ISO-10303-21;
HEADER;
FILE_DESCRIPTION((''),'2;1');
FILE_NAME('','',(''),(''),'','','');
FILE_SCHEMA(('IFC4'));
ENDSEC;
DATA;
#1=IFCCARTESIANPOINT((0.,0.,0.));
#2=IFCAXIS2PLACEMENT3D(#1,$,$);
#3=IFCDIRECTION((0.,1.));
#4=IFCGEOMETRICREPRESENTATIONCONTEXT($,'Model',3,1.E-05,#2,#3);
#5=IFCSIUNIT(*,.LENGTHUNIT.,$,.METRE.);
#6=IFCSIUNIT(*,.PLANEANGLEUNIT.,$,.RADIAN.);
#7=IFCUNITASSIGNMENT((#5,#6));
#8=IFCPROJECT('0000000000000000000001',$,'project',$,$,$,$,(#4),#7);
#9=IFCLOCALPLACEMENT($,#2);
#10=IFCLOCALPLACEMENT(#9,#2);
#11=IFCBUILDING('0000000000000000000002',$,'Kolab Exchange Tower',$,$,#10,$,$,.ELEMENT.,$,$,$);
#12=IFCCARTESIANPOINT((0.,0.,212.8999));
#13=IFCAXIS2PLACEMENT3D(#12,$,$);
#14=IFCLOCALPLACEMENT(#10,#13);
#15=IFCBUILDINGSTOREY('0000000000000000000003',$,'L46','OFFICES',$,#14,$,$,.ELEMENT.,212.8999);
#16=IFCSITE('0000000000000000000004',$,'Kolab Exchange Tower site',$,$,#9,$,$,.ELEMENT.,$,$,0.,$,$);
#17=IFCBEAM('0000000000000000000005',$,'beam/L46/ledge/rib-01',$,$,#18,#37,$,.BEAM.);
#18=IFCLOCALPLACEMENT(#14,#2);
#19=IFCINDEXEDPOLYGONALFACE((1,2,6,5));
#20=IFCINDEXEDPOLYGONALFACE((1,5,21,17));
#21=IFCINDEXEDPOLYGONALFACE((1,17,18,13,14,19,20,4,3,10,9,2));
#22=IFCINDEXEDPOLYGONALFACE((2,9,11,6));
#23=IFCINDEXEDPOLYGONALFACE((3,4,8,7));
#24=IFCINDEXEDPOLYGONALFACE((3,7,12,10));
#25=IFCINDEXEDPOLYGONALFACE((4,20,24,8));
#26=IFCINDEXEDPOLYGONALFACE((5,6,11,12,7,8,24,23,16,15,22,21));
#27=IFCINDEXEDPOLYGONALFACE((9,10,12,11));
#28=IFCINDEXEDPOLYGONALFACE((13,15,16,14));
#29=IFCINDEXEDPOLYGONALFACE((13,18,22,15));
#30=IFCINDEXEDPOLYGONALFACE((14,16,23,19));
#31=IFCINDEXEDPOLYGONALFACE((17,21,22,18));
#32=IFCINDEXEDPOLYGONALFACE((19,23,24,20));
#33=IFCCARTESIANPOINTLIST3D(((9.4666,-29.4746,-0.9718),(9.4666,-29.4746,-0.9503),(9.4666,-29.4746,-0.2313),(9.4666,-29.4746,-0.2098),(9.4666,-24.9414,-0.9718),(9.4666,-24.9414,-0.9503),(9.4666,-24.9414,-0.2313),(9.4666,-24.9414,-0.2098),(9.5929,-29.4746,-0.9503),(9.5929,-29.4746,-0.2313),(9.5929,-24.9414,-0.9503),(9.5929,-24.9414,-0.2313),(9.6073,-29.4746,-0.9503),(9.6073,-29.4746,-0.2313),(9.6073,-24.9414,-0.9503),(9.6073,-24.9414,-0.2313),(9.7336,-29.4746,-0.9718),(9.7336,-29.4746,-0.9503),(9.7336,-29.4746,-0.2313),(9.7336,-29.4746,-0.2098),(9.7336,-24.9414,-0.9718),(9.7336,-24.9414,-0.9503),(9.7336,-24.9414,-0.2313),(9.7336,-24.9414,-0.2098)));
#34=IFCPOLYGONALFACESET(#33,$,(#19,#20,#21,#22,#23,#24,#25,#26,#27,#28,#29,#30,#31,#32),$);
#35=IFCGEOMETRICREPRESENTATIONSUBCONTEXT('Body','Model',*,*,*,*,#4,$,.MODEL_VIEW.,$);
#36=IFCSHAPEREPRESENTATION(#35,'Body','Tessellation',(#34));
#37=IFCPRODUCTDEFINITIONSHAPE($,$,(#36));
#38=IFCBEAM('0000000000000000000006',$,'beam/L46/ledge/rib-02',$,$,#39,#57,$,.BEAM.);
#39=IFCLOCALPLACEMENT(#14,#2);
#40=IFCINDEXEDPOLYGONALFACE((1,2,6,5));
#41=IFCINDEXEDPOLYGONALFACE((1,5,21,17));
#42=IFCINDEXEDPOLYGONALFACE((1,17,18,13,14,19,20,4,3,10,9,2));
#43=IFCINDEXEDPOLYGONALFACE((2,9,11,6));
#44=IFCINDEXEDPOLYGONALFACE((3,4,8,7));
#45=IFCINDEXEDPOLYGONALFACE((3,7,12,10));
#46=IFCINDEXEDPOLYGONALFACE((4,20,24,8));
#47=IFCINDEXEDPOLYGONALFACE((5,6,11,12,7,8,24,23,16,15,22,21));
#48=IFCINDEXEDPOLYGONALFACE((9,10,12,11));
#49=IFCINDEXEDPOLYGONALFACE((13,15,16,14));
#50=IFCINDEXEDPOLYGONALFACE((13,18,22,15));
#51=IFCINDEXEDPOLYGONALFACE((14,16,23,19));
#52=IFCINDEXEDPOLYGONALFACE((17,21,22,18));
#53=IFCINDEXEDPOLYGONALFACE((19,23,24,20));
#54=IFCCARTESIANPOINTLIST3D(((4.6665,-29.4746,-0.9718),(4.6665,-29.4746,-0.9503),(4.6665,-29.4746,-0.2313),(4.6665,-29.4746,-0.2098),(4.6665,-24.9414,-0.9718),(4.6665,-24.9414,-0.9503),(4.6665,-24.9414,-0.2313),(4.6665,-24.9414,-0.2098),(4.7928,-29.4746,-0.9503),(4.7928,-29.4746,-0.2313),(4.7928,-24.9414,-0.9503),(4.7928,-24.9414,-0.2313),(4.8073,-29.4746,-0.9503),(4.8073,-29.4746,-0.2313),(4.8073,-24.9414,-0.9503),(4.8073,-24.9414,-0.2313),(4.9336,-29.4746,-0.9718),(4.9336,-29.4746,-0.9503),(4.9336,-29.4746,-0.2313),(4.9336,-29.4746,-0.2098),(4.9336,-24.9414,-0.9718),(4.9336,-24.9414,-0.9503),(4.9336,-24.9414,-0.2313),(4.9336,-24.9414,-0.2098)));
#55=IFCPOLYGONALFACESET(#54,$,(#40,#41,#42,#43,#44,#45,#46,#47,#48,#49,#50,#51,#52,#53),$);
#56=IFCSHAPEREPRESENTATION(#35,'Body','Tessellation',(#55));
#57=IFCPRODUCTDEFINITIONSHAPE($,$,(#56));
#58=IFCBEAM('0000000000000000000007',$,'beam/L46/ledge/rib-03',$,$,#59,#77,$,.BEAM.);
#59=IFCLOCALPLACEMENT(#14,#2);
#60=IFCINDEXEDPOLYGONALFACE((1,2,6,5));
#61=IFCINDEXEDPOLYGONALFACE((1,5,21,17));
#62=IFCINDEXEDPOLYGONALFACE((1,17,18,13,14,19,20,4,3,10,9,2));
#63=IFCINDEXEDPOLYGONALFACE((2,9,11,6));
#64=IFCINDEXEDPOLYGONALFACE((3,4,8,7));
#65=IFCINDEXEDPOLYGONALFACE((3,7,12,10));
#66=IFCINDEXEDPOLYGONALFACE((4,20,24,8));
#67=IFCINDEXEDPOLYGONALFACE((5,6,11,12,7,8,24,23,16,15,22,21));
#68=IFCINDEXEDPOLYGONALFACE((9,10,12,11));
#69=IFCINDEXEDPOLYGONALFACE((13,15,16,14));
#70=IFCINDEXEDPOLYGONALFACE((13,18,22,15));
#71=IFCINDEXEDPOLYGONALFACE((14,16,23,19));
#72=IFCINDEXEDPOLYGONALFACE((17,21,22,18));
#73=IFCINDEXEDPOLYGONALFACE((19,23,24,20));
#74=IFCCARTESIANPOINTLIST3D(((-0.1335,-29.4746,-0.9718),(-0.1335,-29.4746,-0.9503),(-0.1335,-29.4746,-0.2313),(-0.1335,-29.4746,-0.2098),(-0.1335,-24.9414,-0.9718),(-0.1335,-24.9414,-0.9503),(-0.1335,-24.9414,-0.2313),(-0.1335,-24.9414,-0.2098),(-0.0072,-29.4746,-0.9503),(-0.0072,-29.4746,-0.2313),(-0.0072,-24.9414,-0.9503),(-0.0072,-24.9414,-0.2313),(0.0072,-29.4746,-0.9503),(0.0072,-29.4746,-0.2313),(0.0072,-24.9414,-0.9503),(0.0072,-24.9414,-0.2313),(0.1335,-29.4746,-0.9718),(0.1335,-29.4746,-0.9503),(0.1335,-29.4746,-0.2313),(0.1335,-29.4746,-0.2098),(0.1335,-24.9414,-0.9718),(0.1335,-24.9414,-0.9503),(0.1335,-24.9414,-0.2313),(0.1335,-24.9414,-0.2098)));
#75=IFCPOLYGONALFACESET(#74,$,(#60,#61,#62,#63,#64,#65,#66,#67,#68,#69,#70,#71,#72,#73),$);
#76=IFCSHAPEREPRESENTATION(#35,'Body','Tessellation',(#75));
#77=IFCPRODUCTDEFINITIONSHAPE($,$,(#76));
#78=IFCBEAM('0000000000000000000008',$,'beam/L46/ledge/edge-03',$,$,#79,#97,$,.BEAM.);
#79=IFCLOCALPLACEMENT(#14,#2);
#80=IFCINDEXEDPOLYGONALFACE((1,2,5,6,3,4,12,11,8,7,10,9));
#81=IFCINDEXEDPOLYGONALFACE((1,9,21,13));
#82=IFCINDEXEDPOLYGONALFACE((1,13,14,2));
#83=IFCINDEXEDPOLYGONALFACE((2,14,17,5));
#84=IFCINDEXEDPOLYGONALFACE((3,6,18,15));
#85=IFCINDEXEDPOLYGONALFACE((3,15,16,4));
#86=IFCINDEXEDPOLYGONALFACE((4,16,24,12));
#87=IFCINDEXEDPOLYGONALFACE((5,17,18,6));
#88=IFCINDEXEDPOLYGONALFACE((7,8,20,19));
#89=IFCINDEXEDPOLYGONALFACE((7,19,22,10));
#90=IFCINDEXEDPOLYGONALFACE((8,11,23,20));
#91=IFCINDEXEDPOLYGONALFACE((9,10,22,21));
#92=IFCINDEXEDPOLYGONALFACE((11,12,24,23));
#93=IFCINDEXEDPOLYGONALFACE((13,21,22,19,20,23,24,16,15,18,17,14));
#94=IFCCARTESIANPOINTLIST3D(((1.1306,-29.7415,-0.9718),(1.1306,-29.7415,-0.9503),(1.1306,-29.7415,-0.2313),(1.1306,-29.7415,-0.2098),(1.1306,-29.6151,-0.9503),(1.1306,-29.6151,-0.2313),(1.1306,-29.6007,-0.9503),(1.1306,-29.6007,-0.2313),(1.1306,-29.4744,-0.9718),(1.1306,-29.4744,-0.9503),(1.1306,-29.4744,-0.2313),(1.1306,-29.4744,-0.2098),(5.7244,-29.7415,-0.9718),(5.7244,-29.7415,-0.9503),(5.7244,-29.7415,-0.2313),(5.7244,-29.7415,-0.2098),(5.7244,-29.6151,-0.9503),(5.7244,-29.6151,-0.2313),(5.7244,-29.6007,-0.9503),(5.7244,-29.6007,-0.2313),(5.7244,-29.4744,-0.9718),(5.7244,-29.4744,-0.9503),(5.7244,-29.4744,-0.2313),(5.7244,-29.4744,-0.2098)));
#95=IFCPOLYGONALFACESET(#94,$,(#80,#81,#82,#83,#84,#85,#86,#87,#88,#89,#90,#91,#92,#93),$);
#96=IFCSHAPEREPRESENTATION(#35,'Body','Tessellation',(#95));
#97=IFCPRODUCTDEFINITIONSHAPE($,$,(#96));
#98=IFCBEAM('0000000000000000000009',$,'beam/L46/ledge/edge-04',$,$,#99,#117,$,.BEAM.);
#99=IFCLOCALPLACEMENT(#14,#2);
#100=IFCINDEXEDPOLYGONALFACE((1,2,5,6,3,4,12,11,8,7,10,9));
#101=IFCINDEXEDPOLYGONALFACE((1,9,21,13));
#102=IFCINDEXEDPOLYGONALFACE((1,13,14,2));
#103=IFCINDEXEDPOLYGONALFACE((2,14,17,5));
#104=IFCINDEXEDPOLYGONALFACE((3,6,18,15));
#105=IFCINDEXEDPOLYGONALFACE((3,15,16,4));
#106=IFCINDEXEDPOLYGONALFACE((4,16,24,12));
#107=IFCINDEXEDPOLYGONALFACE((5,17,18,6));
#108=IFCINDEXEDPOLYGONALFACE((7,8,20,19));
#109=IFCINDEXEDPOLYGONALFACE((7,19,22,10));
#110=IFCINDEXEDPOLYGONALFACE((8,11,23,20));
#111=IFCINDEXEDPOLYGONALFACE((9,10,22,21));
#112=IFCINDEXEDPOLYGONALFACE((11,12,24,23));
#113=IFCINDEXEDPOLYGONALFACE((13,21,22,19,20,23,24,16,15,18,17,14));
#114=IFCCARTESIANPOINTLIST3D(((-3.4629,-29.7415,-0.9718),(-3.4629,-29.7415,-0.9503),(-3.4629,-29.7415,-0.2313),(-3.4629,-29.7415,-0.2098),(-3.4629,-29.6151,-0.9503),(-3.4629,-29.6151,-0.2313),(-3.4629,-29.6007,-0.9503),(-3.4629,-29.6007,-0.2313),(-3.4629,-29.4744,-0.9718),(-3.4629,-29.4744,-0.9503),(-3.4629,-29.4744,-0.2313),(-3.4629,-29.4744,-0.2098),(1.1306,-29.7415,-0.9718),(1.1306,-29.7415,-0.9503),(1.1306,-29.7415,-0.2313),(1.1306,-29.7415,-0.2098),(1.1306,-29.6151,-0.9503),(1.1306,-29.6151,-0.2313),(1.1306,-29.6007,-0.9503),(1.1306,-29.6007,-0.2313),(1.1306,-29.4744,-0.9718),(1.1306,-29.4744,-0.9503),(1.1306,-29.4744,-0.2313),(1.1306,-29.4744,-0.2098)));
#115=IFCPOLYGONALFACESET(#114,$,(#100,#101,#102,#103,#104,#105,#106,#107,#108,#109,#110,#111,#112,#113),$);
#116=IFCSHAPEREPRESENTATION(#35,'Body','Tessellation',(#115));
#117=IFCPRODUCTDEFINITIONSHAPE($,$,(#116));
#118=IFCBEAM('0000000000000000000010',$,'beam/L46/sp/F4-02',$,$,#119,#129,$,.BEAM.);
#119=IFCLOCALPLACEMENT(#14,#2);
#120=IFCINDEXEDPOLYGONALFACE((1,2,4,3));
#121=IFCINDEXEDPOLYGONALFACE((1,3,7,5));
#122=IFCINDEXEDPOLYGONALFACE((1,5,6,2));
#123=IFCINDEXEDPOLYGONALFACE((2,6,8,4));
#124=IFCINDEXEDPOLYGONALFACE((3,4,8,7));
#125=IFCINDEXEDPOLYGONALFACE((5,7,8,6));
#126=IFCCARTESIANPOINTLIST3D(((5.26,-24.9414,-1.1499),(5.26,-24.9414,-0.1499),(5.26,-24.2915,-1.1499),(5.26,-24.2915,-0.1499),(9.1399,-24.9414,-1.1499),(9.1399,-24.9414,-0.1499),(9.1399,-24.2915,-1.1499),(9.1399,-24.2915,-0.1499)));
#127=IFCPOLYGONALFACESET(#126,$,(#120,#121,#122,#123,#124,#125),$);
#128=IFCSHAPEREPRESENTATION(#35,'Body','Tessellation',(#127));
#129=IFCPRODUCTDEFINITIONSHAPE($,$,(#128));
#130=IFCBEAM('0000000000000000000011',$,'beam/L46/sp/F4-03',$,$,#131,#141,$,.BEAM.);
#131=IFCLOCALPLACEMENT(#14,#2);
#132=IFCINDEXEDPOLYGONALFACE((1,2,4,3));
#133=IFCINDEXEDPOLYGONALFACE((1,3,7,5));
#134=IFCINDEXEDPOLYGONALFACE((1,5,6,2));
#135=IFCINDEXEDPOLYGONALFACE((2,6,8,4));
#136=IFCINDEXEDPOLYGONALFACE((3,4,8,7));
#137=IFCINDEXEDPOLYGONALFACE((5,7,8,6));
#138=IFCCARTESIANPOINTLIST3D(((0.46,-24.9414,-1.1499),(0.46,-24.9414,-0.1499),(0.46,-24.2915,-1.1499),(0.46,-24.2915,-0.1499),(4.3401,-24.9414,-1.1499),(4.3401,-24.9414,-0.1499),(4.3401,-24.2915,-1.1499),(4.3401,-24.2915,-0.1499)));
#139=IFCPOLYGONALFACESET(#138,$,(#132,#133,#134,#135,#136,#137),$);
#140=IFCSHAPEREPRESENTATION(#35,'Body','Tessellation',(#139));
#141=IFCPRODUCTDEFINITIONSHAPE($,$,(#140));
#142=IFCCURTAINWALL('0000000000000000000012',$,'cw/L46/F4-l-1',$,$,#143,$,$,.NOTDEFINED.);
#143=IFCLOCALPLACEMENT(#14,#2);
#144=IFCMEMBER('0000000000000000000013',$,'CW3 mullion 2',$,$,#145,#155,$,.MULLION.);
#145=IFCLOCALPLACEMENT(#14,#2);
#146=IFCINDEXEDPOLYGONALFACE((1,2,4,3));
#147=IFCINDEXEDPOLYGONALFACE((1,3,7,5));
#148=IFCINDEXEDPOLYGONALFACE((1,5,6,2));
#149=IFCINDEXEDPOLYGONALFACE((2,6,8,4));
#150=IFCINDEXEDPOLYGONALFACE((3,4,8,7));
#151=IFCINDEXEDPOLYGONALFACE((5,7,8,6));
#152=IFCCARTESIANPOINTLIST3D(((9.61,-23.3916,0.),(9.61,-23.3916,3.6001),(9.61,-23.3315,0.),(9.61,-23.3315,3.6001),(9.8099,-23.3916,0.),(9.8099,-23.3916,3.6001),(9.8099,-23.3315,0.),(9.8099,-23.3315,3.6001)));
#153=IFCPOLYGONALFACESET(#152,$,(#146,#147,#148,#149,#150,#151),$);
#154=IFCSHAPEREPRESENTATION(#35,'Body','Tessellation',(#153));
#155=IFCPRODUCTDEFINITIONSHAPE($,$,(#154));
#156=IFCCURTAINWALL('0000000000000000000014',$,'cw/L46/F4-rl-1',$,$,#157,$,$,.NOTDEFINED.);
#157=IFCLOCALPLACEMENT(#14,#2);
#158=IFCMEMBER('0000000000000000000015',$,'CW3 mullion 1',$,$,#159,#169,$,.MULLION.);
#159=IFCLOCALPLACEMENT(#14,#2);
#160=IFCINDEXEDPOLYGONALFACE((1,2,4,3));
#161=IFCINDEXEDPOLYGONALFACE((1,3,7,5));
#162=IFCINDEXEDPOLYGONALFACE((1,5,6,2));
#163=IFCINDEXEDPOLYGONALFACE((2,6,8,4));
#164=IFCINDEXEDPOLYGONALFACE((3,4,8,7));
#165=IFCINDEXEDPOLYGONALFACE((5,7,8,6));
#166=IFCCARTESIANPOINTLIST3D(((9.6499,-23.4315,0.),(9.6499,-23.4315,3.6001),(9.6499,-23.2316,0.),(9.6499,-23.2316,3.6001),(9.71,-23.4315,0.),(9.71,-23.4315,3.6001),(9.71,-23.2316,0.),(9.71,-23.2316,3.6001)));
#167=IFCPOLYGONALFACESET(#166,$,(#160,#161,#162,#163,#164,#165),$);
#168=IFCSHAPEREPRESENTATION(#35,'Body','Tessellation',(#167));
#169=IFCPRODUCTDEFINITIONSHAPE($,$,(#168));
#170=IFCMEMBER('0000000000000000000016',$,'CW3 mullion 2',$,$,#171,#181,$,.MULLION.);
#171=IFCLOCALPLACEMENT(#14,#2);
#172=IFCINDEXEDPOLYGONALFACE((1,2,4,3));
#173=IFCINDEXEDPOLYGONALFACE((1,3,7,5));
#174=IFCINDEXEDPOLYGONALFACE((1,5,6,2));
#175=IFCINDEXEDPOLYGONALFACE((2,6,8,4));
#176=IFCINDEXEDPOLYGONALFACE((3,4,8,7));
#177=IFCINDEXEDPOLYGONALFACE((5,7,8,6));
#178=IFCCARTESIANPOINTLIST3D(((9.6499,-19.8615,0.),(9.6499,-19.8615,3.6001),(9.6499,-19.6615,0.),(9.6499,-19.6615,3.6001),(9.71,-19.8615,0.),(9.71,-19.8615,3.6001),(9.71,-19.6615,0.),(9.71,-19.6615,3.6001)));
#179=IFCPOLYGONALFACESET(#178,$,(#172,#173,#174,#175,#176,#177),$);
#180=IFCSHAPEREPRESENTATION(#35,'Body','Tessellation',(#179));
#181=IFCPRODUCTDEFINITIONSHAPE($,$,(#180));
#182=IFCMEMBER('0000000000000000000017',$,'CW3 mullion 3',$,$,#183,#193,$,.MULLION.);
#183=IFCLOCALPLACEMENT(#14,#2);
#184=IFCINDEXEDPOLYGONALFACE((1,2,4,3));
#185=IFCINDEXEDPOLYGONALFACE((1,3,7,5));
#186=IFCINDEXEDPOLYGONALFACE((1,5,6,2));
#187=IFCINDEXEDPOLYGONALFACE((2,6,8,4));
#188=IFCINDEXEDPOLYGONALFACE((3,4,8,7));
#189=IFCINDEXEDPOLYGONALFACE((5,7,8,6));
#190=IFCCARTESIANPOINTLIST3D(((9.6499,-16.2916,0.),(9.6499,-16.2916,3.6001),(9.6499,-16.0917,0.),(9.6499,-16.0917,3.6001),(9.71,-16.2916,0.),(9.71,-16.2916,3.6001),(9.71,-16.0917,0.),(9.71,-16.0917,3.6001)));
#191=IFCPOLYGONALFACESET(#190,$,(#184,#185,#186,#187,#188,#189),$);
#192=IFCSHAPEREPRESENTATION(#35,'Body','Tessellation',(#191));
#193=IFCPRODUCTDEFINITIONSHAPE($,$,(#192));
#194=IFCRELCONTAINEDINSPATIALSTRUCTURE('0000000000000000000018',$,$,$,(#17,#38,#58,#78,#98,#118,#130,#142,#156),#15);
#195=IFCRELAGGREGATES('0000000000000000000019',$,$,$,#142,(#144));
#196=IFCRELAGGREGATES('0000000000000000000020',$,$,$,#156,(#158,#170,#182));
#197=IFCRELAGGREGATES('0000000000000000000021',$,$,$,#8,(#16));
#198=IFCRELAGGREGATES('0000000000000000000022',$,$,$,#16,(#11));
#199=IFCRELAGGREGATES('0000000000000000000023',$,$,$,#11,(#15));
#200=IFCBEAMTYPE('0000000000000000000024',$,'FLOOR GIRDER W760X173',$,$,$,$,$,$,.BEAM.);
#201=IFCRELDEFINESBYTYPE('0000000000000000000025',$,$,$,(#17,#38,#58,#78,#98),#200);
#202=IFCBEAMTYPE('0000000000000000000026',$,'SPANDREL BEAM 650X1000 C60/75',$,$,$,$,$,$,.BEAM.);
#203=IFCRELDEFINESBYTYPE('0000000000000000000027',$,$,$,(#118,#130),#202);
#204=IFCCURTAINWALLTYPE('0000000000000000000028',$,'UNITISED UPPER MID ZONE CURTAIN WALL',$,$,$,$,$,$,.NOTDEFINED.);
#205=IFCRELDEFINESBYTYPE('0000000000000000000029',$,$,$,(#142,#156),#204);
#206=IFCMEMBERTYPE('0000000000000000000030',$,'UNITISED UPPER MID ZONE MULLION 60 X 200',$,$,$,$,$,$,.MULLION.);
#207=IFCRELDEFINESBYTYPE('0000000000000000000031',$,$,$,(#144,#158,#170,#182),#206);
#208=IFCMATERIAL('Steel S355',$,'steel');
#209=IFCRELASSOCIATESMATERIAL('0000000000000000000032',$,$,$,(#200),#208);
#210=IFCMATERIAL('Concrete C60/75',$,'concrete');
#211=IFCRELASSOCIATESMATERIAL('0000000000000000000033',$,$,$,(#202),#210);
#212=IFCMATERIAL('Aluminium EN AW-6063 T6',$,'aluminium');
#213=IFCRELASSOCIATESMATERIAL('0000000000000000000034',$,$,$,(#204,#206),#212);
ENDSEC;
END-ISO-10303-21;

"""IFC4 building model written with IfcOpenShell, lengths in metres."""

from ifc_helpers import new_model, si_unit, direction, frame, origin, origin_2d, place, context, subcontext, project, spatial, rectangle, i_section, extrude, material, material_profile, profile_set, type_object, element, aggregate, save


model = new_model("IFC4")

# Units and contexts
model_context = context("Model", 3, precision=1e-05, world=origin(), true_north=direction((0.0, 1.0)))
body_context = subcontext(model_context, "Body", "Model", "MODEL_VIEW")
ifc_project = project(units=[si_unit("LENGTHUNIT", "METRE"), si_unit("PLANEANGLEUNIT", "RADIAN")], contexts=[model_context])

# Site, building, storey
site_placement = place(None, origin())
site = spatial("IfcSite", under=ifc_project, at=site_placement, Name="Kolab Exchange Tower site", CompositionType="ELEMENT", RefElevation=0.0)
building_placement = place(site_placement, origin())
building = spatial("IfcBuilding", under=site, at=building_placement, Name="Kolab Exchange Tower", CompositionType="ELEMENT")
storey_placement = place(building_placement, frame((0.0, 0.0, 212.8999)))
storey = spatial("IfcBuildingStorey", under=building, at=storey_placement, Name="L46", Description="OFFICES", CompositionType="ELEMENT", Elevation=212.8999)

# Shared definitions
ifc_material_1 = material(Name="Concrete C60/75", Category="concrete")

# Beams
ifc_material_2 = material(Name="Steel S355", Category="steel")
ifc_material_profile_1 = material_profile(ifc_material_2, i_section(OverallWidth=0.2671, OverallDepth=0.762, WebThickness=0.0144, FlangeThickness=0.0215, at=origin_2d()), Name="W760X173")
ifc_profile_set_1 = profile_set([ifc_material_profile_1], Name="Steel S355")
beam_type_1 = type_object("IfcBeamType", Name="FLOOR GIRDER W760X173", PredefinedType="BEAM", material=ifc_profile_set_1)
for number, where, z_axis, x_axis, name in (
    (1, (9.6001, -24.9414, -0.5908), (0.0, -1.0, 0.0), (1.0, 0.0, 0.0), "beam/L46/ledge/rib-01"),
    (2, (4.8, -24.9414, -0.5908), (0.0, -1.0, 0.0), (1.0, 0.0, 0.0), "beam/L46/ledge/rib-02"),
    (3, (0.0, -24.9414, -0.5908), (0.0, -1.0, 0.0), (1.0, 0.0, 0.0), "beam/L46/ledge/rib-03"),
):
    element("IfcBeam", number, at=place(storey_placement, frame(where, z_axis=z_axis, x_axis=x_axis)), inside=storey, type_object=beam_type_1, Name=name, PredefinedType="BEAM", context=body_context, shape_type="SweptSolid", body=[
        extrude(i_section(OverallWidth=0.2671, OverallDepth=0.762, WebThickness=0.0144, FlangeThickness=0.0215, at=origin_2d()), origin(), (0.0, 0.0, 1.0), 4.5332),
    ])
beam_1_placement = place(storey_placement, frame((5.7244, -29.6079, -0.5908), z_axis=(-1.0, 0.0, 0.0), x_axis=(0.0, -1.0, 0.0)))
element("IfcBeam", 4, at=beam_1_placement, inside=storey, type_object=beam_type_1, Name="beam/L46/ledge/edge-03", PredefinedType="BEAM", context=body_context, shape_type="SweptSolid", body=[
    extrude(i_section(OverallWidth=0.2671, OverallDepth=0.762, WebThickness=0.0144, FlangeThickness=0.0215, at=origin_2d()), origin(), (0.0, 0.0, 1.0), 4.5938),
])
beam_2_placement = place(storey_placement, frame((1.1306, -29.6079, -0.5908), z_axis=(-1.0, 0.0, 0.0), x_axis=(0.0, -1.0, 0.0)))
element("IfcBeam", 5, at=beam_2_placement, inside=storey, type_object=beam_type_1, Name="beam/L46/ledge/edge-04", PredefinedType="BEAM", context=body_context, shape_type="SweptSolid", body=[
    extrude(i_section(OverallWidth=0.2671, OverallDepth=0.762, WebThickness=0.0144, FlangeThickness=0.0215, at=origin_2d()), origin(), (0.0, 0.0, 1.0), 4.5935),
])
ifc_material_profile_2 = material_profile(ifc_material_1, rectangle(XDim=0.6499, YDim=1.0, at=origin_2d()), Name="RC650X1000")
ifc_profile_set_2 = profile_set([ifc_material_profile_2], Name="Concrete C60/75")
beam_type_2 = type_object("IfcBeamType", Name="SPANDREL BEAM 650X1000 C60/75", PredefinedType="BEAM", material=ifc_profile_set_2)
beam_3_placement = place(storey_placement, frame((9.1399, -24.6165, -0.6499), z_axis=(-1.0, 0.0, 0.0), x_axis=(0.0, -1.0, 0.0)))
element("IfcBeam", 6, at=beam_3_placement, inside=storey, type_object=beam_type_2, Name="beam/L46/sp/F4-02", PredefinedType="BEAM", context=body_context, shape_type="SweptSolid", body=[
    extrude(rectangle(XDim=0.6499, YDim=1.0, at=origin_2d()), origin(), (0.0, 0.0, 1.0), 3.8799),
])
beam_4_placement = place(storey_placement, frame((4.3401, -24.6165, -0.6499), z_axis=(-1.0, 0.0, 0.0), x_axis=(0.0, -1.0, 0.0)))
element("IfcBeam", 7, at=beam_4_placement, inside=storey, type_object=beam_type_2, Name="beam/L46/sp/F4-03", PredefinedType="BEAM", context=body_context, shape_type="SweptSolid", body=[
    extrude(rectangle(XDim=0.6499, YDim=1.0, at=origin_2d()), origin(), (0.0, 0.0, 1.0), 3.8801),
])

# Curtain wall, member
ifc_material_3 = material(Name="Aluminium EN AW-6063 T6", Category="aluminium")
curtain_wall_type = type_object("IfcCurtainWallType", Name="UNITISED UPPER MID ZONE CURTAIN WALL", PredefinedType="NOTDEFINED", material=ifc_material_3)
curtain_wall_1_placement = place(storey_placement, origin())
curtain_wall_1 = element("IfcCurtainWall", 8, at=curtain_wall_1_placement, inside=storey, type_object=curtain_wall_type, Name="cw/L46/F4-l-1", PredefinedType="NOTDEFINED")
ifc_material_profile_3 = material_profile(ifc_material_3, rectangle(XDim=0.0601, YDim=0.2, at=origin_2d()), Name="RECT 60X200")
ifc_profile_set_3 = profile_set([ifc_material_profile_3], Name="Aluminium EN AW-6063 T6")
member_type_1 = type_object("IfcMemberType", Name="UNITISED UPPER MID ZONE MULLION 60 X 200", PredefinedType="MULLION", material=ifc_profile_set_3)
member_1_placement = place(storey_placement, frame((9.71, -23.3616, 0.0), z_axis=(0.0, 0.0, 1.0), x_axis=(0.0, -1.0, 0.0)))
member_1 = element("IfcMember", 9, at=member_1_placement, type_object=member_type_1, Name="CW3 mullion 2", PredefinedType="MULLION", context=body_context, shape_type="SweptSolid", body=[
    extrude(rectangle(XDim=0.0601, YDim=0.2, at=origin_2d()), origin(), (0.0, 0.0, 1.0), 3.6001),
])
aggregate(curtain_wall_1, [member_1])

# Curtain wall, members
curtain_wall_2_placement = place(storey_placement, origin())
curtain_wall_2 = element("IfcCurtainWall", 10, at=curtain_wall_2_placement, inside=storey, type_object=curtain_wall_type, Name="cw/L46/F4-rl-1", PredefinedType="NOTDEFINED")
member_2_placement = place(storey_placement, frame((9.6799, -23.3315, 0.0), z_axis=(0.0, 0.0, 1.0), x_axis=(-1.0, 0.0, 0.0)))
member_2 = element("IfcMember", 11, at=member_2_placement, type_object=member_type_1, Name="CW3 mullion 1", PredefinedType="MULLION", context=body_context, shape_type="SweptSolid", body=[
    extrude(rectangle(XDim=0.0601, YDim=0.2, at=origin_2d()), origin(), (0.0, 0.0, 1.0), 3.6001),
])
member_3_placement = place(storey_placement, frame((9.6799, -19.7615, 0.0), z_axis=(0.0, 0.0, 1.0), x_axis=(-1.0, 0.0, 0.0)))
member_3 = element("IfcMember", 12, at=member_3_placement, type_object=member_type_1, Name="CW3 mullion 2", PredefinedType="MULLION", context=body_context, shape_type="SweptSolid", body=[
    extrude(rectangle(XDim=0.0601, YDim=0.2, at=origin_2d()), origin(), (0.0, 0.0, 1.0), 3.6001),
])
member_4_placement = place(storey_placement, frame((9.6799, -16.1917, 0.0), z_axis=(0.0, 0.0, 1.0), x_axis=(-1.0, 0.0, 0.0)))
member_4 = element("IfcMember", 13, at=member_4_placement, type_object=member_type_1, Name="CW3 mullion 3", PredefinedType="MULLION", context=body_context, shape_type="SweptSolid", body=[
    extrude(rectangle(XDim=0.0601, YDim=0.2, at=origin_2d()), origin(), (0.0, 0.0, 1.0), 3.6001),
])
aggregate(curtain_wall_2, [member_2, member_3, member_4])

save(model, "model.ifc")
